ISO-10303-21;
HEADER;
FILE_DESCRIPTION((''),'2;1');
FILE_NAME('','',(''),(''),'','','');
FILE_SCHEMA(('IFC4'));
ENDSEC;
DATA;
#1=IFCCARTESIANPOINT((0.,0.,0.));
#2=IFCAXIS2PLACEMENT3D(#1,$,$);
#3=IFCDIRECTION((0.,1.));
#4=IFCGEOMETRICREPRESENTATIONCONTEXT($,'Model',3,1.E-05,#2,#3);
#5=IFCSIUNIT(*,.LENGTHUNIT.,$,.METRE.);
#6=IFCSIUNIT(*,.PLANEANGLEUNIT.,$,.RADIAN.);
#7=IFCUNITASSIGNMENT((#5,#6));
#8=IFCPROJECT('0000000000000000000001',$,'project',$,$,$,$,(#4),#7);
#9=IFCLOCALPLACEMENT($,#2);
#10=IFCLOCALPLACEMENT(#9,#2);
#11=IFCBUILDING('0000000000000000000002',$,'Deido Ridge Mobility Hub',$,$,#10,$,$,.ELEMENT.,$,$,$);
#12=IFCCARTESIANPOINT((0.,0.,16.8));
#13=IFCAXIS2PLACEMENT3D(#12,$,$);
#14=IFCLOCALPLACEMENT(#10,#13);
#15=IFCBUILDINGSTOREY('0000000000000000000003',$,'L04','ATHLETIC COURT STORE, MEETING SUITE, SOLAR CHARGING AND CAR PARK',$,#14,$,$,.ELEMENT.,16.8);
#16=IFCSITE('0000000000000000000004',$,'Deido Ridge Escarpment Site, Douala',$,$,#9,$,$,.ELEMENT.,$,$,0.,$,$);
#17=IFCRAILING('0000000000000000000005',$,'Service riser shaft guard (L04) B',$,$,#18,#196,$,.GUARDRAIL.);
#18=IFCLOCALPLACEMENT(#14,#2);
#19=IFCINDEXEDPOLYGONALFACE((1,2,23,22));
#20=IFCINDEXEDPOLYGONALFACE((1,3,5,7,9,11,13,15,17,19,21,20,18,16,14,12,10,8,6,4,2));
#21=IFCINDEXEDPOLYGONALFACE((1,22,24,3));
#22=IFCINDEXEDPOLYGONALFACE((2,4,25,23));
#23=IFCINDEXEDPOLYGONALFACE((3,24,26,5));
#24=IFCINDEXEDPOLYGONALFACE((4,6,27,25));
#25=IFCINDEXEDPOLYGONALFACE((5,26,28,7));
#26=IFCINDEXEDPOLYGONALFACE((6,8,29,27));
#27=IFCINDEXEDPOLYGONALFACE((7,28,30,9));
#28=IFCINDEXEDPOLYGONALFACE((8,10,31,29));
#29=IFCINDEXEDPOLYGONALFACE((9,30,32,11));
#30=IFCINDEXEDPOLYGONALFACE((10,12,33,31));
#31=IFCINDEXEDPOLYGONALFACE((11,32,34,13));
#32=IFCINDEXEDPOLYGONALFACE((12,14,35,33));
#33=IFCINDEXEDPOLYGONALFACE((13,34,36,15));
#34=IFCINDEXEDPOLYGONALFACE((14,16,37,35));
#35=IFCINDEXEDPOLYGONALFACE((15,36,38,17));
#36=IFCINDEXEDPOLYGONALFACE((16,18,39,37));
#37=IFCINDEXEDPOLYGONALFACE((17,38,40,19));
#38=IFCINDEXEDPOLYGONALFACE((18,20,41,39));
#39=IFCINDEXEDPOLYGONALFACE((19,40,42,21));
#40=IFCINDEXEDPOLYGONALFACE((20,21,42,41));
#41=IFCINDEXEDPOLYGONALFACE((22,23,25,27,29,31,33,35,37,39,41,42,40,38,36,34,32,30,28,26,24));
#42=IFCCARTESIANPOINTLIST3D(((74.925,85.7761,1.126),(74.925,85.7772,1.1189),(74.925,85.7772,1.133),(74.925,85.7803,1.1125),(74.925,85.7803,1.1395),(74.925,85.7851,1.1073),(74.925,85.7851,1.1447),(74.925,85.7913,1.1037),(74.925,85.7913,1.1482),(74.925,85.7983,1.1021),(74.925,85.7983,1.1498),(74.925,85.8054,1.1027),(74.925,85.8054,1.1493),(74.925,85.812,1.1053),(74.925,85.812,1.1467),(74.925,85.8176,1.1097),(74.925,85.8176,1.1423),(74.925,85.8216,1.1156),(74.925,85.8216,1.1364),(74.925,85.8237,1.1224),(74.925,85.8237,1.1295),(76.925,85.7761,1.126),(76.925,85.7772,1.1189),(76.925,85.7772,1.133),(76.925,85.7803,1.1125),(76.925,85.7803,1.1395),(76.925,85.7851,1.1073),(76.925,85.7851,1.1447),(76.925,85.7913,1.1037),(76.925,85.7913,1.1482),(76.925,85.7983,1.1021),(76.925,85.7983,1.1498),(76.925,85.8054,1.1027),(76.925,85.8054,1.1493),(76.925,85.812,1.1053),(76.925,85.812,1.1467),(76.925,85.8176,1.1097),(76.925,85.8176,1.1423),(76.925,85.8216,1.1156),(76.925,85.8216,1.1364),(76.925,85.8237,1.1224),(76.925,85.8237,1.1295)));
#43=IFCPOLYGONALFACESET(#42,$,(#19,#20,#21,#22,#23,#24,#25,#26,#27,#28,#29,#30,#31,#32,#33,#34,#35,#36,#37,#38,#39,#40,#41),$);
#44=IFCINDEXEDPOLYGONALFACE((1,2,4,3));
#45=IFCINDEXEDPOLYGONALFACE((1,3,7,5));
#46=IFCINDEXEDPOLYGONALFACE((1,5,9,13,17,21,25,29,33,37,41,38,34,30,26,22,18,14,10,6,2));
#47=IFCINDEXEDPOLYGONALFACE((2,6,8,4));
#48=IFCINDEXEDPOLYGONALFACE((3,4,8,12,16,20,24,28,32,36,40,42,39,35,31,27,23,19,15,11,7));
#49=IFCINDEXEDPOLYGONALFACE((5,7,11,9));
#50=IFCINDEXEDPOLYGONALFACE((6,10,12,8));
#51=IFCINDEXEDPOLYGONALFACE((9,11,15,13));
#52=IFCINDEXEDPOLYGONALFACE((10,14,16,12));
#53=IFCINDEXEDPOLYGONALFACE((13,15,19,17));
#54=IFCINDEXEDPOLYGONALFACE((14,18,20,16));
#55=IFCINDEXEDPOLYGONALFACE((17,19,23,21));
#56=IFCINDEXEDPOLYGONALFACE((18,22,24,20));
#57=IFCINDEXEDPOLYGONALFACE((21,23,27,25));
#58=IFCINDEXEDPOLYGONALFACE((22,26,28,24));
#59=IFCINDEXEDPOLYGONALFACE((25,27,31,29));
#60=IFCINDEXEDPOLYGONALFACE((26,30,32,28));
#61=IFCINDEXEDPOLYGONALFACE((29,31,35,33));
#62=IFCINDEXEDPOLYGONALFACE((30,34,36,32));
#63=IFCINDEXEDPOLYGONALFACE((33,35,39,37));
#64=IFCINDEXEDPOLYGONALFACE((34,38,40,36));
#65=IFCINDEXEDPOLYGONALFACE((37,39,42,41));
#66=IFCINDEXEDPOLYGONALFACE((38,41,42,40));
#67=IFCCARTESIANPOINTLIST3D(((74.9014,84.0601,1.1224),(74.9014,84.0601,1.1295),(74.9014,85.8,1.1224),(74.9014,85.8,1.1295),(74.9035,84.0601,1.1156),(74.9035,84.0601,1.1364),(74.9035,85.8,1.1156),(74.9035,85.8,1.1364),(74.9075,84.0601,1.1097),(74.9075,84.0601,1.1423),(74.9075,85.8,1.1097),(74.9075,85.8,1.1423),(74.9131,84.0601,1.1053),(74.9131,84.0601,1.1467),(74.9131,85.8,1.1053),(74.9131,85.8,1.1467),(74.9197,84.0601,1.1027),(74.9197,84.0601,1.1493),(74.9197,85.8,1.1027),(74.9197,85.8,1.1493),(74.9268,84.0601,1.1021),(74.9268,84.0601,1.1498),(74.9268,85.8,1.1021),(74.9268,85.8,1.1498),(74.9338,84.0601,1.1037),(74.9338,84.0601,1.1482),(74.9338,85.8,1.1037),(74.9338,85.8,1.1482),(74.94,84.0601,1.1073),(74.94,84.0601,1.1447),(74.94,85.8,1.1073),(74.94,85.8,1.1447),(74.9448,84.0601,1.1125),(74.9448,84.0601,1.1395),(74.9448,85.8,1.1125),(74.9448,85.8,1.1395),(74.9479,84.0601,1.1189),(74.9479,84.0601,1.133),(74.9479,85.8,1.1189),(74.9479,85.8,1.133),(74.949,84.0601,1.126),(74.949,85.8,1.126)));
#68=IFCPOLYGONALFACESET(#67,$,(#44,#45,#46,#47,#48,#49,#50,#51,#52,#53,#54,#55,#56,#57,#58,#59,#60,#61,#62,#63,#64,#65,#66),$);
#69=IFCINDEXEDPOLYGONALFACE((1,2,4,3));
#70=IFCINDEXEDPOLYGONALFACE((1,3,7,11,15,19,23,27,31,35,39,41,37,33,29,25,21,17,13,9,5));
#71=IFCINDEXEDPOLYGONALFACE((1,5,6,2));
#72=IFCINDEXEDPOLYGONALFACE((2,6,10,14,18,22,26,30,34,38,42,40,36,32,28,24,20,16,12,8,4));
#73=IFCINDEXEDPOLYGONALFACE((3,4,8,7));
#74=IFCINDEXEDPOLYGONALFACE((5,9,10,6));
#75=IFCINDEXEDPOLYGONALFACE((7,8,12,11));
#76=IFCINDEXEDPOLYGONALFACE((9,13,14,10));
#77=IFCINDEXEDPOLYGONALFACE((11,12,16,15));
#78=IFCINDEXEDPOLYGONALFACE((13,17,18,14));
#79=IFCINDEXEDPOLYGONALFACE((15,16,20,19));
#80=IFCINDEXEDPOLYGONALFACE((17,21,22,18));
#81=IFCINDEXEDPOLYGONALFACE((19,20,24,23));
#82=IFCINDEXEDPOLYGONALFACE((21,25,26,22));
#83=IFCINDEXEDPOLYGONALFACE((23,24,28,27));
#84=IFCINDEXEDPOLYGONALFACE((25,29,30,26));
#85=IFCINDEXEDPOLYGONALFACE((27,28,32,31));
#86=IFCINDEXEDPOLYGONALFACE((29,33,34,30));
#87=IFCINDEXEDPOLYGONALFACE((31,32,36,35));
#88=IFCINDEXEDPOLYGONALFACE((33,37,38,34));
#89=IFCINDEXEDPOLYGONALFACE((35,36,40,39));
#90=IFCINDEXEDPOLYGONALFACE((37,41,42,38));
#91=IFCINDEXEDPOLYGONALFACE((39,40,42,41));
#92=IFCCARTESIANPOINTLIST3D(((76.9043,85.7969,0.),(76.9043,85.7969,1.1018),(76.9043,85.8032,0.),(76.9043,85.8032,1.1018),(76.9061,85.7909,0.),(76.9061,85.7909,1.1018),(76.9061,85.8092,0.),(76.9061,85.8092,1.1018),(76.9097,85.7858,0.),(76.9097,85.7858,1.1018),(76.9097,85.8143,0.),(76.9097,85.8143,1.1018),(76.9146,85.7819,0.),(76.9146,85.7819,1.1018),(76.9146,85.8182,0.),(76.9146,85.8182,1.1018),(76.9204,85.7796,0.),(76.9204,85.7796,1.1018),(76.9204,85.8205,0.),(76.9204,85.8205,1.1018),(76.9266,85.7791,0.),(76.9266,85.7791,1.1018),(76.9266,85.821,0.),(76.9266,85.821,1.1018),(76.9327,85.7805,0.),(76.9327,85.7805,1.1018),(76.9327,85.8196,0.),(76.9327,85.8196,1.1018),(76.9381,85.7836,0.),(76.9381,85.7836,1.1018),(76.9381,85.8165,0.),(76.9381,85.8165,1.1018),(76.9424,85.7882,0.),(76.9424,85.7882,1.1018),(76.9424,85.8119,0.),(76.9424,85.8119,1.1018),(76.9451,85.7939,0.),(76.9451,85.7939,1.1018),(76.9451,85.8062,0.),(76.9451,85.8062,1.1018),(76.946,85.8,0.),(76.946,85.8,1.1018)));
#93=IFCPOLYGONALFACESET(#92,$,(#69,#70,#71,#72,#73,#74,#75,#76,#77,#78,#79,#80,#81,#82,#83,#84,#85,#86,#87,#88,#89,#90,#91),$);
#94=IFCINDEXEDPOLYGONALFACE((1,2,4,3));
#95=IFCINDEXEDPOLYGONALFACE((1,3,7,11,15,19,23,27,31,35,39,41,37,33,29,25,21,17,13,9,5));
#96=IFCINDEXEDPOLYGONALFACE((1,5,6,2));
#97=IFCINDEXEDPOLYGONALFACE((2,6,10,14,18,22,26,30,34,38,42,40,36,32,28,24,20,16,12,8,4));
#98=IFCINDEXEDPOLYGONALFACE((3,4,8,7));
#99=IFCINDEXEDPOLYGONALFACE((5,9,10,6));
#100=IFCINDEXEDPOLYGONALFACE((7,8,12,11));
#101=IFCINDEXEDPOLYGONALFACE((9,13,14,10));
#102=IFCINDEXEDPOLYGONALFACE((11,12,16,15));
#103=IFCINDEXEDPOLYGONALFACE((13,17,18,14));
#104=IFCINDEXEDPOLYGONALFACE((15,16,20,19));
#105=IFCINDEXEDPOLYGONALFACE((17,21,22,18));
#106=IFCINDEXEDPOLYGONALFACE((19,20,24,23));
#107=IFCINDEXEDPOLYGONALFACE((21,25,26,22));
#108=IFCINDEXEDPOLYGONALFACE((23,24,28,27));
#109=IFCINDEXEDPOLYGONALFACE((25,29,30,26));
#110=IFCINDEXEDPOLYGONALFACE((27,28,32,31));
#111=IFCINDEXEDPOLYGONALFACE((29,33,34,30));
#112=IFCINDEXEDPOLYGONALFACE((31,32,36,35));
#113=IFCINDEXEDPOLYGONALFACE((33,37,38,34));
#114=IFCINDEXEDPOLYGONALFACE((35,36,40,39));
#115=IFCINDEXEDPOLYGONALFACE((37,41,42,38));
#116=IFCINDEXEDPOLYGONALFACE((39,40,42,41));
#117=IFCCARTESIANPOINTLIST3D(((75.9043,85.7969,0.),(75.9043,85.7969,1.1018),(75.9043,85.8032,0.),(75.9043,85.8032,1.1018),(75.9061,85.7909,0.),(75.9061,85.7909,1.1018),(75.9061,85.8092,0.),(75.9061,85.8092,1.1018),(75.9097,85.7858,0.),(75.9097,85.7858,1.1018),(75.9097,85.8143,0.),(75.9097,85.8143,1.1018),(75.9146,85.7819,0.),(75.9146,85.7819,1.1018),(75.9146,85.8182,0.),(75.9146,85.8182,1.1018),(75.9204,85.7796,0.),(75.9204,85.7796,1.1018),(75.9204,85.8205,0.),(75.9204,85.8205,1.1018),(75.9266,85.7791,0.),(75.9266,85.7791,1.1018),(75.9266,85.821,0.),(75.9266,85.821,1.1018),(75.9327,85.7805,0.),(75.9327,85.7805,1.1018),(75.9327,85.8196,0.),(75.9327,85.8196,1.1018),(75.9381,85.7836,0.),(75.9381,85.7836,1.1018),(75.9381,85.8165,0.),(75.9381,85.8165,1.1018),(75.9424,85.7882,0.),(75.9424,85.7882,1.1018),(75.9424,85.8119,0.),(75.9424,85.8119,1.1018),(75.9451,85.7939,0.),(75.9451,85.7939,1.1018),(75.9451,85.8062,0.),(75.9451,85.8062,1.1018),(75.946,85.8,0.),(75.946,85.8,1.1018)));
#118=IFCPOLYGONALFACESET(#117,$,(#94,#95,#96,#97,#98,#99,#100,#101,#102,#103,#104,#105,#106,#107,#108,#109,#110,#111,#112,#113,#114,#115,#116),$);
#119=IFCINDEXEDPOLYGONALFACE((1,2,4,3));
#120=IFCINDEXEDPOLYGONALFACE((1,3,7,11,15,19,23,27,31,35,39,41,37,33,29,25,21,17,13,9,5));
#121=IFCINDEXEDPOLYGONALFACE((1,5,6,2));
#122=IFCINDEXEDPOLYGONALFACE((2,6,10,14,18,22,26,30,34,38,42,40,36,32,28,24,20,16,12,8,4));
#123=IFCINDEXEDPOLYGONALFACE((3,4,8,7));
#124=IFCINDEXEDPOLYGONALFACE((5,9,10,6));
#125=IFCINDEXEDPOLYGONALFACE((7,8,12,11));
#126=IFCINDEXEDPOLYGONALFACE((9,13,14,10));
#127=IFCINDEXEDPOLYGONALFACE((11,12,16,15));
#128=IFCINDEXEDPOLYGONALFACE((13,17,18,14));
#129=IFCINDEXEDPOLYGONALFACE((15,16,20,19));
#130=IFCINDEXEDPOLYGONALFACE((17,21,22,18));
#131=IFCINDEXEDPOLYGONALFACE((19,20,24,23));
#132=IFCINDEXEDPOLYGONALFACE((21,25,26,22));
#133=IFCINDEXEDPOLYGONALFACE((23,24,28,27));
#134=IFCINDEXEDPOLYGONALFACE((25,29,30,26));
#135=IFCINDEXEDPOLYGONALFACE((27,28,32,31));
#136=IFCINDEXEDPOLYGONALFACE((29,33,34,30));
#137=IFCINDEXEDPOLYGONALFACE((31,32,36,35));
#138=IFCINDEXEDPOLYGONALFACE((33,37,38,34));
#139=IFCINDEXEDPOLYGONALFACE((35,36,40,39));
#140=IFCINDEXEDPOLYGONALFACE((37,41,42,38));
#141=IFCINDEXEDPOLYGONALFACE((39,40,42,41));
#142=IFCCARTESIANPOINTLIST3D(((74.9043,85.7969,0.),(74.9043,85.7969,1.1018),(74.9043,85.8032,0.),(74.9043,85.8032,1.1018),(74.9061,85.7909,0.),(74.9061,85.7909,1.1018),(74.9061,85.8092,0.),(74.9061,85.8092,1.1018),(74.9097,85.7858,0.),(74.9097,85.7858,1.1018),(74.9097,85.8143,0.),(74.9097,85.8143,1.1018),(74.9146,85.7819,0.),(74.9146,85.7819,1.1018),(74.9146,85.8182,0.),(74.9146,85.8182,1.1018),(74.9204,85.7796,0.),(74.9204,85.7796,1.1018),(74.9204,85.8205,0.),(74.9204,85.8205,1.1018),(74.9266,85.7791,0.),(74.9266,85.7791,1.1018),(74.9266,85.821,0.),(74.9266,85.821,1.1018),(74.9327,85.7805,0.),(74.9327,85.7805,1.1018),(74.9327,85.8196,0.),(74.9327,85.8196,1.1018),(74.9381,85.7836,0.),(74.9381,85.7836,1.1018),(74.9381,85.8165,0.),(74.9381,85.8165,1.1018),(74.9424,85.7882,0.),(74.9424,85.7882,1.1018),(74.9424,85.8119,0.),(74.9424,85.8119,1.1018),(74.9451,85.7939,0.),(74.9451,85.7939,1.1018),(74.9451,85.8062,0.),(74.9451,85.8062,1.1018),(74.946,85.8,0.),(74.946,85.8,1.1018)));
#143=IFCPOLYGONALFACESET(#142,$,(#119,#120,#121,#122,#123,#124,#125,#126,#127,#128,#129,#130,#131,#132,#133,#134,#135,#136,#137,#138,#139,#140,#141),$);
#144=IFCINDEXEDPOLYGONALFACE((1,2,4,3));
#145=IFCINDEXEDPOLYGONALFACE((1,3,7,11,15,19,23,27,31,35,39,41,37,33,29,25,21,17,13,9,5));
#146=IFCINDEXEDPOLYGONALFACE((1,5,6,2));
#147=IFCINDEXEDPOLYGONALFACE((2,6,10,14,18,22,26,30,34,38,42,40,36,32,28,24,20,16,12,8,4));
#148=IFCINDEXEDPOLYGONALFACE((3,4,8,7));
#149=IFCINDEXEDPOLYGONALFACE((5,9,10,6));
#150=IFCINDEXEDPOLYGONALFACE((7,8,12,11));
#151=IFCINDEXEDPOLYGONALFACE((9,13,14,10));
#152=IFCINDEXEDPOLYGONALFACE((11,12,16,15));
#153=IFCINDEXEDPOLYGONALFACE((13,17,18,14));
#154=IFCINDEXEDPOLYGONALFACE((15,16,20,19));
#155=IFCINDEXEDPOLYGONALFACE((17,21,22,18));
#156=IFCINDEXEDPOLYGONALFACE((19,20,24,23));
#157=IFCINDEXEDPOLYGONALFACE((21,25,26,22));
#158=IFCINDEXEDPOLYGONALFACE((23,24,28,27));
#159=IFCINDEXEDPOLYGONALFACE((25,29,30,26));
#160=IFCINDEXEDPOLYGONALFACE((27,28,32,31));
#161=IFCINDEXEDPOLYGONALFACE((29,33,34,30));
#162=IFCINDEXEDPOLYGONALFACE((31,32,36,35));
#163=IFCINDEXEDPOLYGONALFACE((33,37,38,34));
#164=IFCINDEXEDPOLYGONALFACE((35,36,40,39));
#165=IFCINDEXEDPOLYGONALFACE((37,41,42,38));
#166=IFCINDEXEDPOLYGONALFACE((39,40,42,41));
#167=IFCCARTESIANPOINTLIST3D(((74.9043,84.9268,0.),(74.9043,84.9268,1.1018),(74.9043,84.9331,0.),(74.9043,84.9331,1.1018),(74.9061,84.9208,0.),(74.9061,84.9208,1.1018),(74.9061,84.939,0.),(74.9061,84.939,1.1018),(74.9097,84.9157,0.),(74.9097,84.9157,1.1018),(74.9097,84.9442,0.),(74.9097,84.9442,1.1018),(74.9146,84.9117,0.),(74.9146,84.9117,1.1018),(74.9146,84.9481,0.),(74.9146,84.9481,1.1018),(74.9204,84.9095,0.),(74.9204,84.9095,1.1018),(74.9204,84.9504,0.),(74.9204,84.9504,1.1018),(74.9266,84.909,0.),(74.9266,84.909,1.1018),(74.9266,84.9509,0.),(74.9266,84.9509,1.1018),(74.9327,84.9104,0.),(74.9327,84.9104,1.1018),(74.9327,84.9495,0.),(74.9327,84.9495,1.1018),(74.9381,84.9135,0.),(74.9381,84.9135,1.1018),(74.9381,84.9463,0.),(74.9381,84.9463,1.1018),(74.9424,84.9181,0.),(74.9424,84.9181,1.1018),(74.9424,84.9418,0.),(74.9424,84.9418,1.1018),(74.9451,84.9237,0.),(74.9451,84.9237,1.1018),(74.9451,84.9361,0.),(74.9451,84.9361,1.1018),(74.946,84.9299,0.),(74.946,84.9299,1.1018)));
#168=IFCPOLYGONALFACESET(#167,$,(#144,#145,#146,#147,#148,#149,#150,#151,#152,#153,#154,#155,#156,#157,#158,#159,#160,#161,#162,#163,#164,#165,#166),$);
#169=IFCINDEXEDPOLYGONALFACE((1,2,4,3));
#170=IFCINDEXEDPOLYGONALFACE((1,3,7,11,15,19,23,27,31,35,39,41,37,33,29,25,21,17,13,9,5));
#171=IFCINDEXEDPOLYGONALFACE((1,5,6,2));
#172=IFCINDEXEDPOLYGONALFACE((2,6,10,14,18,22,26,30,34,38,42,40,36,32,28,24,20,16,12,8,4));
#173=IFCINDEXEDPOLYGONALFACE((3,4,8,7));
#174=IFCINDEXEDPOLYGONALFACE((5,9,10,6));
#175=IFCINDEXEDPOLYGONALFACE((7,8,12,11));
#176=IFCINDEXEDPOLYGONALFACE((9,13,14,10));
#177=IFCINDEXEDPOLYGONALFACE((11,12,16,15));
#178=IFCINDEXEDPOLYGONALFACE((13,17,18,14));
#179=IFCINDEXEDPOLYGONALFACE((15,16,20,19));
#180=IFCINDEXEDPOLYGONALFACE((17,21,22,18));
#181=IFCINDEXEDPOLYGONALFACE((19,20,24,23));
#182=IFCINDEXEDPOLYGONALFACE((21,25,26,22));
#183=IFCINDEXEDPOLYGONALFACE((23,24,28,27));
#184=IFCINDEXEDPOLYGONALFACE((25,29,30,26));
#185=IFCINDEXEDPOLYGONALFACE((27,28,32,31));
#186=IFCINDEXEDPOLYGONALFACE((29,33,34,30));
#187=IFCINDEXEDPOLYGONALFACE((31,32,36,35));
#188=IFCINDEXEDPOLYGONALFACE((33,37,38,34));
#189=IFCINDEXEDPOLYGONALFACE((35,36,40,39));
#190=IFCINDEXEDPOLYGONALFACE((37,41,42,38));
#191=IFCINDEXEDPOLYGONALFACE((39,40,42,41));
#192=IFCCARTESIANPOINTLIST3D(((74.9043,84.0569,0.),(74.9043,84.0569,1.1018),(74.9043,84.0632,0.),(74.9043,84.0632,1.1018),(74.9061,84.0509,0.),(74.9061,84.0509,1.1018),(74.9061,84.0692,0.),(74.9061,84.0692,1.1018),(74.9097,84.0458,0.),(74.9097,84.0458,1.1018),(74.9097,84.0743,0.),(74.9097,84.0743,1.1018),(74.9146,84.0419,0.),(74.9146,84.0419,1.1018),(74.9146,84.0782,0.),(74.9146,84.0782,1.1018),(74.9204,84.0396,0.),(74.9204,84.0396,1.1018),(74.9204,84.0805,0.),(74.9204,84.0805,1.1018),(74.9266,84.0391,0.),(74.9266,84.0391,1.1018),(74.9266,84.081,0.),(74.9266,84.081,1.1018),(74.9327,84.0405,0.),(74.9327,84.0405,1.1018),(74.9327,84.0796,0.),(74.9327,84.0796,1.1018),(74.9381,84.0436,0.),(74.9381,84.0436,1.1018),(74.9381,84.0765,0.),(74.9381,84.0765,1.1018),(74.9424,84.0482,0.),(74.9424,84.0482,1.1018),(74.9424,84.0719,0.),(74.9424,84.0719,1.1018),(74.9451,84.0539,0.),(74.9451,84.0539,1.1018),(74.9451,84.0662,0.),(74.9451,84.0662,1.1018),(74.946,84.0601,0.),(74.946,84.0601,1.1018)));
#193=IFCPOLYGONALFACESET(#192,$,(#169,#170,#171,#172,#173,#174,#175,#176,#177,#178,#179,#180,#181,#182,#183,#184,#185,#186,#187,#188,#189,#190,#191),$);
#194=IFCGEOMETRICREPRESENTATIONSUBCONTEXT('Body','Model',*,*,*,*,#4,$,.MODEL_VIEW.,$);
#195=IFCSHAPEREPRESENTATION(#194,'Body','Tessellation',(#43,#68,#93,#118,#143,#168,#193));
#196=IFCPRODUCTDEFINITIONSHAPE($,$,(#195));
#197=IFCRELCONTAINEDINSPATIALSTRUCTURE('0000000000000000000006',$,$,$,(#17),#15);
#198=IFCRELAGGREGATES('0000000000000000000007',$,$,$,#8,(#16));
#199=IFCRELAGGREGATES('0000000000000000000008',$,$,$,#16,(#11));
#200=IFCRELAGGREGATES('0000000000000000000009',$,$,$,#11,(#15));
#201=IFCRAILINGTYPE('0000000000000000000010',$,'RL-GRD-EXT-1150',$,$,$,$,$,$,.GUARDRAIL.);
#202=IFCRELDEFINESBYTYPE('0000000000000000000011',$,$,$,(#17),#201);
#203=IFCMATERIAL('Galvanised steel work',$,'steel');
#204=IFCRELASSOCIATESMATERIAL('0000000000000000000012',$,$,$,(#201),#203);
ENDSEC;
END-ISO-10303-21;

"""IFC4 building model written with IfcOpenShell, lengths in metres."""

from ifc_helpers import new_model, si_unit, direction, frame, origin, origin_2d, place, context, subcontext, project, spatial, circle, extrude, material, type_object, element, save


model = new_model("IFC4")

# Units and contexts
model_context = context("Model", 3, precision=1e-05, world=origin(), true_north=direction((0.0, 1.0)))
body_context = subcontext(model_context, "Body", "Model", "MODEL_VIEW")
ifc_project = project(units=[si_unit("LENGTHUNIT", "METRE"), si_unit("PLANEANGLEUNIT", "RADIAN")], contexts=[model_context])

# Site, building, storey
site_placement = place(None, origin())
site = spatial("IfcSite", under=ifc_project, at=site_placement, Name="Deido Ridge Escarpment Site, Douala", CompositionType="ELEMENT", RefElevation=0.0)
building_placement = place(site_placement, origin())
building = spatial("IfcBuilding", under=site, at=building_placement, Name="Deido Ridge Mobility Hub", CompositionType="ELEMENT")
storey_placement = place(building_placement, frame((0.0, 0.0, 16.8)))
storey = spatial("IfcBuildingStorey", under=building, at=storey_placement, Name="L04", Description="ATHLETIC COURT STORE, MEETING SUITE, SOLAR CHARGING AND CAR PARK", CompositionType="ELEMENT", Elevation=16.8)

# Railing
ifc_material_1 = material(Name="Galvanised steel work", Category="steel")
railing_type = type_object("IfcRailingType", Name="RL-GRD-EXT-1150", PredefinedType="GUARDRAIL", material=ifc_material_1)
railing_placement = place(storey_placement, frame((76.925, 85.8, 0.0)))
element("IfcRailing", 1, at=railing_placement, inside=storey, type_object=railing_type, Name="Service riser shaft guard (L04) B", PredefinedType="GUARDRAIL", context=body_context, shape_type="SweptSolid", body=[
    extrude(circle(Radius=0.0239, at=origin_2d()), frame((0.0, 0.0, 1.126), z_axis=(-1.0, 0.0, 0.0), x_axis=(0.0, -1.0, 0.0)), (0.0, 0.0, 1.0), 2.0),
    extrude(circle(Radius=0.0239, at=origin_2d()), frame((-2.0, 0.0, 1.126), z_axis=(0.0, -1.0, 0.0), x_axis=(1.0, 0.0, 0.0)), (0.0, 0.0, 1.0), 1.74),
    extrude(circle(Radius=0.021, at=origin_2d()), origin(), (0.0, 0.0, 1.0), 1.1018),
    extrude(circle(Radius=0.021, at=origin_2d()), frame((-1.0, 0.0, 0.0)), (0.0, 0.0, 1.0), 1.1018),
    extrude(circle(Radius=0.021, at=origin_2d()), frame((-2.0, 0.0, 0.0)), (0.0, 0.0, 1.0), 1.1018),
    extrude(circle(Radius=0.021, at=origin_2d()), frame((-2.0, -0.8701, 0.0)), (0.0, 0.0, 1.0), 1.1018),
    extrude(circle(Radius=0.021, at=origin_2d()), frame((-2.0, -1.74, 0.0)), (0.0, 0.0, 1.0), 1.1018),
])

save(model, "model.ifc")
